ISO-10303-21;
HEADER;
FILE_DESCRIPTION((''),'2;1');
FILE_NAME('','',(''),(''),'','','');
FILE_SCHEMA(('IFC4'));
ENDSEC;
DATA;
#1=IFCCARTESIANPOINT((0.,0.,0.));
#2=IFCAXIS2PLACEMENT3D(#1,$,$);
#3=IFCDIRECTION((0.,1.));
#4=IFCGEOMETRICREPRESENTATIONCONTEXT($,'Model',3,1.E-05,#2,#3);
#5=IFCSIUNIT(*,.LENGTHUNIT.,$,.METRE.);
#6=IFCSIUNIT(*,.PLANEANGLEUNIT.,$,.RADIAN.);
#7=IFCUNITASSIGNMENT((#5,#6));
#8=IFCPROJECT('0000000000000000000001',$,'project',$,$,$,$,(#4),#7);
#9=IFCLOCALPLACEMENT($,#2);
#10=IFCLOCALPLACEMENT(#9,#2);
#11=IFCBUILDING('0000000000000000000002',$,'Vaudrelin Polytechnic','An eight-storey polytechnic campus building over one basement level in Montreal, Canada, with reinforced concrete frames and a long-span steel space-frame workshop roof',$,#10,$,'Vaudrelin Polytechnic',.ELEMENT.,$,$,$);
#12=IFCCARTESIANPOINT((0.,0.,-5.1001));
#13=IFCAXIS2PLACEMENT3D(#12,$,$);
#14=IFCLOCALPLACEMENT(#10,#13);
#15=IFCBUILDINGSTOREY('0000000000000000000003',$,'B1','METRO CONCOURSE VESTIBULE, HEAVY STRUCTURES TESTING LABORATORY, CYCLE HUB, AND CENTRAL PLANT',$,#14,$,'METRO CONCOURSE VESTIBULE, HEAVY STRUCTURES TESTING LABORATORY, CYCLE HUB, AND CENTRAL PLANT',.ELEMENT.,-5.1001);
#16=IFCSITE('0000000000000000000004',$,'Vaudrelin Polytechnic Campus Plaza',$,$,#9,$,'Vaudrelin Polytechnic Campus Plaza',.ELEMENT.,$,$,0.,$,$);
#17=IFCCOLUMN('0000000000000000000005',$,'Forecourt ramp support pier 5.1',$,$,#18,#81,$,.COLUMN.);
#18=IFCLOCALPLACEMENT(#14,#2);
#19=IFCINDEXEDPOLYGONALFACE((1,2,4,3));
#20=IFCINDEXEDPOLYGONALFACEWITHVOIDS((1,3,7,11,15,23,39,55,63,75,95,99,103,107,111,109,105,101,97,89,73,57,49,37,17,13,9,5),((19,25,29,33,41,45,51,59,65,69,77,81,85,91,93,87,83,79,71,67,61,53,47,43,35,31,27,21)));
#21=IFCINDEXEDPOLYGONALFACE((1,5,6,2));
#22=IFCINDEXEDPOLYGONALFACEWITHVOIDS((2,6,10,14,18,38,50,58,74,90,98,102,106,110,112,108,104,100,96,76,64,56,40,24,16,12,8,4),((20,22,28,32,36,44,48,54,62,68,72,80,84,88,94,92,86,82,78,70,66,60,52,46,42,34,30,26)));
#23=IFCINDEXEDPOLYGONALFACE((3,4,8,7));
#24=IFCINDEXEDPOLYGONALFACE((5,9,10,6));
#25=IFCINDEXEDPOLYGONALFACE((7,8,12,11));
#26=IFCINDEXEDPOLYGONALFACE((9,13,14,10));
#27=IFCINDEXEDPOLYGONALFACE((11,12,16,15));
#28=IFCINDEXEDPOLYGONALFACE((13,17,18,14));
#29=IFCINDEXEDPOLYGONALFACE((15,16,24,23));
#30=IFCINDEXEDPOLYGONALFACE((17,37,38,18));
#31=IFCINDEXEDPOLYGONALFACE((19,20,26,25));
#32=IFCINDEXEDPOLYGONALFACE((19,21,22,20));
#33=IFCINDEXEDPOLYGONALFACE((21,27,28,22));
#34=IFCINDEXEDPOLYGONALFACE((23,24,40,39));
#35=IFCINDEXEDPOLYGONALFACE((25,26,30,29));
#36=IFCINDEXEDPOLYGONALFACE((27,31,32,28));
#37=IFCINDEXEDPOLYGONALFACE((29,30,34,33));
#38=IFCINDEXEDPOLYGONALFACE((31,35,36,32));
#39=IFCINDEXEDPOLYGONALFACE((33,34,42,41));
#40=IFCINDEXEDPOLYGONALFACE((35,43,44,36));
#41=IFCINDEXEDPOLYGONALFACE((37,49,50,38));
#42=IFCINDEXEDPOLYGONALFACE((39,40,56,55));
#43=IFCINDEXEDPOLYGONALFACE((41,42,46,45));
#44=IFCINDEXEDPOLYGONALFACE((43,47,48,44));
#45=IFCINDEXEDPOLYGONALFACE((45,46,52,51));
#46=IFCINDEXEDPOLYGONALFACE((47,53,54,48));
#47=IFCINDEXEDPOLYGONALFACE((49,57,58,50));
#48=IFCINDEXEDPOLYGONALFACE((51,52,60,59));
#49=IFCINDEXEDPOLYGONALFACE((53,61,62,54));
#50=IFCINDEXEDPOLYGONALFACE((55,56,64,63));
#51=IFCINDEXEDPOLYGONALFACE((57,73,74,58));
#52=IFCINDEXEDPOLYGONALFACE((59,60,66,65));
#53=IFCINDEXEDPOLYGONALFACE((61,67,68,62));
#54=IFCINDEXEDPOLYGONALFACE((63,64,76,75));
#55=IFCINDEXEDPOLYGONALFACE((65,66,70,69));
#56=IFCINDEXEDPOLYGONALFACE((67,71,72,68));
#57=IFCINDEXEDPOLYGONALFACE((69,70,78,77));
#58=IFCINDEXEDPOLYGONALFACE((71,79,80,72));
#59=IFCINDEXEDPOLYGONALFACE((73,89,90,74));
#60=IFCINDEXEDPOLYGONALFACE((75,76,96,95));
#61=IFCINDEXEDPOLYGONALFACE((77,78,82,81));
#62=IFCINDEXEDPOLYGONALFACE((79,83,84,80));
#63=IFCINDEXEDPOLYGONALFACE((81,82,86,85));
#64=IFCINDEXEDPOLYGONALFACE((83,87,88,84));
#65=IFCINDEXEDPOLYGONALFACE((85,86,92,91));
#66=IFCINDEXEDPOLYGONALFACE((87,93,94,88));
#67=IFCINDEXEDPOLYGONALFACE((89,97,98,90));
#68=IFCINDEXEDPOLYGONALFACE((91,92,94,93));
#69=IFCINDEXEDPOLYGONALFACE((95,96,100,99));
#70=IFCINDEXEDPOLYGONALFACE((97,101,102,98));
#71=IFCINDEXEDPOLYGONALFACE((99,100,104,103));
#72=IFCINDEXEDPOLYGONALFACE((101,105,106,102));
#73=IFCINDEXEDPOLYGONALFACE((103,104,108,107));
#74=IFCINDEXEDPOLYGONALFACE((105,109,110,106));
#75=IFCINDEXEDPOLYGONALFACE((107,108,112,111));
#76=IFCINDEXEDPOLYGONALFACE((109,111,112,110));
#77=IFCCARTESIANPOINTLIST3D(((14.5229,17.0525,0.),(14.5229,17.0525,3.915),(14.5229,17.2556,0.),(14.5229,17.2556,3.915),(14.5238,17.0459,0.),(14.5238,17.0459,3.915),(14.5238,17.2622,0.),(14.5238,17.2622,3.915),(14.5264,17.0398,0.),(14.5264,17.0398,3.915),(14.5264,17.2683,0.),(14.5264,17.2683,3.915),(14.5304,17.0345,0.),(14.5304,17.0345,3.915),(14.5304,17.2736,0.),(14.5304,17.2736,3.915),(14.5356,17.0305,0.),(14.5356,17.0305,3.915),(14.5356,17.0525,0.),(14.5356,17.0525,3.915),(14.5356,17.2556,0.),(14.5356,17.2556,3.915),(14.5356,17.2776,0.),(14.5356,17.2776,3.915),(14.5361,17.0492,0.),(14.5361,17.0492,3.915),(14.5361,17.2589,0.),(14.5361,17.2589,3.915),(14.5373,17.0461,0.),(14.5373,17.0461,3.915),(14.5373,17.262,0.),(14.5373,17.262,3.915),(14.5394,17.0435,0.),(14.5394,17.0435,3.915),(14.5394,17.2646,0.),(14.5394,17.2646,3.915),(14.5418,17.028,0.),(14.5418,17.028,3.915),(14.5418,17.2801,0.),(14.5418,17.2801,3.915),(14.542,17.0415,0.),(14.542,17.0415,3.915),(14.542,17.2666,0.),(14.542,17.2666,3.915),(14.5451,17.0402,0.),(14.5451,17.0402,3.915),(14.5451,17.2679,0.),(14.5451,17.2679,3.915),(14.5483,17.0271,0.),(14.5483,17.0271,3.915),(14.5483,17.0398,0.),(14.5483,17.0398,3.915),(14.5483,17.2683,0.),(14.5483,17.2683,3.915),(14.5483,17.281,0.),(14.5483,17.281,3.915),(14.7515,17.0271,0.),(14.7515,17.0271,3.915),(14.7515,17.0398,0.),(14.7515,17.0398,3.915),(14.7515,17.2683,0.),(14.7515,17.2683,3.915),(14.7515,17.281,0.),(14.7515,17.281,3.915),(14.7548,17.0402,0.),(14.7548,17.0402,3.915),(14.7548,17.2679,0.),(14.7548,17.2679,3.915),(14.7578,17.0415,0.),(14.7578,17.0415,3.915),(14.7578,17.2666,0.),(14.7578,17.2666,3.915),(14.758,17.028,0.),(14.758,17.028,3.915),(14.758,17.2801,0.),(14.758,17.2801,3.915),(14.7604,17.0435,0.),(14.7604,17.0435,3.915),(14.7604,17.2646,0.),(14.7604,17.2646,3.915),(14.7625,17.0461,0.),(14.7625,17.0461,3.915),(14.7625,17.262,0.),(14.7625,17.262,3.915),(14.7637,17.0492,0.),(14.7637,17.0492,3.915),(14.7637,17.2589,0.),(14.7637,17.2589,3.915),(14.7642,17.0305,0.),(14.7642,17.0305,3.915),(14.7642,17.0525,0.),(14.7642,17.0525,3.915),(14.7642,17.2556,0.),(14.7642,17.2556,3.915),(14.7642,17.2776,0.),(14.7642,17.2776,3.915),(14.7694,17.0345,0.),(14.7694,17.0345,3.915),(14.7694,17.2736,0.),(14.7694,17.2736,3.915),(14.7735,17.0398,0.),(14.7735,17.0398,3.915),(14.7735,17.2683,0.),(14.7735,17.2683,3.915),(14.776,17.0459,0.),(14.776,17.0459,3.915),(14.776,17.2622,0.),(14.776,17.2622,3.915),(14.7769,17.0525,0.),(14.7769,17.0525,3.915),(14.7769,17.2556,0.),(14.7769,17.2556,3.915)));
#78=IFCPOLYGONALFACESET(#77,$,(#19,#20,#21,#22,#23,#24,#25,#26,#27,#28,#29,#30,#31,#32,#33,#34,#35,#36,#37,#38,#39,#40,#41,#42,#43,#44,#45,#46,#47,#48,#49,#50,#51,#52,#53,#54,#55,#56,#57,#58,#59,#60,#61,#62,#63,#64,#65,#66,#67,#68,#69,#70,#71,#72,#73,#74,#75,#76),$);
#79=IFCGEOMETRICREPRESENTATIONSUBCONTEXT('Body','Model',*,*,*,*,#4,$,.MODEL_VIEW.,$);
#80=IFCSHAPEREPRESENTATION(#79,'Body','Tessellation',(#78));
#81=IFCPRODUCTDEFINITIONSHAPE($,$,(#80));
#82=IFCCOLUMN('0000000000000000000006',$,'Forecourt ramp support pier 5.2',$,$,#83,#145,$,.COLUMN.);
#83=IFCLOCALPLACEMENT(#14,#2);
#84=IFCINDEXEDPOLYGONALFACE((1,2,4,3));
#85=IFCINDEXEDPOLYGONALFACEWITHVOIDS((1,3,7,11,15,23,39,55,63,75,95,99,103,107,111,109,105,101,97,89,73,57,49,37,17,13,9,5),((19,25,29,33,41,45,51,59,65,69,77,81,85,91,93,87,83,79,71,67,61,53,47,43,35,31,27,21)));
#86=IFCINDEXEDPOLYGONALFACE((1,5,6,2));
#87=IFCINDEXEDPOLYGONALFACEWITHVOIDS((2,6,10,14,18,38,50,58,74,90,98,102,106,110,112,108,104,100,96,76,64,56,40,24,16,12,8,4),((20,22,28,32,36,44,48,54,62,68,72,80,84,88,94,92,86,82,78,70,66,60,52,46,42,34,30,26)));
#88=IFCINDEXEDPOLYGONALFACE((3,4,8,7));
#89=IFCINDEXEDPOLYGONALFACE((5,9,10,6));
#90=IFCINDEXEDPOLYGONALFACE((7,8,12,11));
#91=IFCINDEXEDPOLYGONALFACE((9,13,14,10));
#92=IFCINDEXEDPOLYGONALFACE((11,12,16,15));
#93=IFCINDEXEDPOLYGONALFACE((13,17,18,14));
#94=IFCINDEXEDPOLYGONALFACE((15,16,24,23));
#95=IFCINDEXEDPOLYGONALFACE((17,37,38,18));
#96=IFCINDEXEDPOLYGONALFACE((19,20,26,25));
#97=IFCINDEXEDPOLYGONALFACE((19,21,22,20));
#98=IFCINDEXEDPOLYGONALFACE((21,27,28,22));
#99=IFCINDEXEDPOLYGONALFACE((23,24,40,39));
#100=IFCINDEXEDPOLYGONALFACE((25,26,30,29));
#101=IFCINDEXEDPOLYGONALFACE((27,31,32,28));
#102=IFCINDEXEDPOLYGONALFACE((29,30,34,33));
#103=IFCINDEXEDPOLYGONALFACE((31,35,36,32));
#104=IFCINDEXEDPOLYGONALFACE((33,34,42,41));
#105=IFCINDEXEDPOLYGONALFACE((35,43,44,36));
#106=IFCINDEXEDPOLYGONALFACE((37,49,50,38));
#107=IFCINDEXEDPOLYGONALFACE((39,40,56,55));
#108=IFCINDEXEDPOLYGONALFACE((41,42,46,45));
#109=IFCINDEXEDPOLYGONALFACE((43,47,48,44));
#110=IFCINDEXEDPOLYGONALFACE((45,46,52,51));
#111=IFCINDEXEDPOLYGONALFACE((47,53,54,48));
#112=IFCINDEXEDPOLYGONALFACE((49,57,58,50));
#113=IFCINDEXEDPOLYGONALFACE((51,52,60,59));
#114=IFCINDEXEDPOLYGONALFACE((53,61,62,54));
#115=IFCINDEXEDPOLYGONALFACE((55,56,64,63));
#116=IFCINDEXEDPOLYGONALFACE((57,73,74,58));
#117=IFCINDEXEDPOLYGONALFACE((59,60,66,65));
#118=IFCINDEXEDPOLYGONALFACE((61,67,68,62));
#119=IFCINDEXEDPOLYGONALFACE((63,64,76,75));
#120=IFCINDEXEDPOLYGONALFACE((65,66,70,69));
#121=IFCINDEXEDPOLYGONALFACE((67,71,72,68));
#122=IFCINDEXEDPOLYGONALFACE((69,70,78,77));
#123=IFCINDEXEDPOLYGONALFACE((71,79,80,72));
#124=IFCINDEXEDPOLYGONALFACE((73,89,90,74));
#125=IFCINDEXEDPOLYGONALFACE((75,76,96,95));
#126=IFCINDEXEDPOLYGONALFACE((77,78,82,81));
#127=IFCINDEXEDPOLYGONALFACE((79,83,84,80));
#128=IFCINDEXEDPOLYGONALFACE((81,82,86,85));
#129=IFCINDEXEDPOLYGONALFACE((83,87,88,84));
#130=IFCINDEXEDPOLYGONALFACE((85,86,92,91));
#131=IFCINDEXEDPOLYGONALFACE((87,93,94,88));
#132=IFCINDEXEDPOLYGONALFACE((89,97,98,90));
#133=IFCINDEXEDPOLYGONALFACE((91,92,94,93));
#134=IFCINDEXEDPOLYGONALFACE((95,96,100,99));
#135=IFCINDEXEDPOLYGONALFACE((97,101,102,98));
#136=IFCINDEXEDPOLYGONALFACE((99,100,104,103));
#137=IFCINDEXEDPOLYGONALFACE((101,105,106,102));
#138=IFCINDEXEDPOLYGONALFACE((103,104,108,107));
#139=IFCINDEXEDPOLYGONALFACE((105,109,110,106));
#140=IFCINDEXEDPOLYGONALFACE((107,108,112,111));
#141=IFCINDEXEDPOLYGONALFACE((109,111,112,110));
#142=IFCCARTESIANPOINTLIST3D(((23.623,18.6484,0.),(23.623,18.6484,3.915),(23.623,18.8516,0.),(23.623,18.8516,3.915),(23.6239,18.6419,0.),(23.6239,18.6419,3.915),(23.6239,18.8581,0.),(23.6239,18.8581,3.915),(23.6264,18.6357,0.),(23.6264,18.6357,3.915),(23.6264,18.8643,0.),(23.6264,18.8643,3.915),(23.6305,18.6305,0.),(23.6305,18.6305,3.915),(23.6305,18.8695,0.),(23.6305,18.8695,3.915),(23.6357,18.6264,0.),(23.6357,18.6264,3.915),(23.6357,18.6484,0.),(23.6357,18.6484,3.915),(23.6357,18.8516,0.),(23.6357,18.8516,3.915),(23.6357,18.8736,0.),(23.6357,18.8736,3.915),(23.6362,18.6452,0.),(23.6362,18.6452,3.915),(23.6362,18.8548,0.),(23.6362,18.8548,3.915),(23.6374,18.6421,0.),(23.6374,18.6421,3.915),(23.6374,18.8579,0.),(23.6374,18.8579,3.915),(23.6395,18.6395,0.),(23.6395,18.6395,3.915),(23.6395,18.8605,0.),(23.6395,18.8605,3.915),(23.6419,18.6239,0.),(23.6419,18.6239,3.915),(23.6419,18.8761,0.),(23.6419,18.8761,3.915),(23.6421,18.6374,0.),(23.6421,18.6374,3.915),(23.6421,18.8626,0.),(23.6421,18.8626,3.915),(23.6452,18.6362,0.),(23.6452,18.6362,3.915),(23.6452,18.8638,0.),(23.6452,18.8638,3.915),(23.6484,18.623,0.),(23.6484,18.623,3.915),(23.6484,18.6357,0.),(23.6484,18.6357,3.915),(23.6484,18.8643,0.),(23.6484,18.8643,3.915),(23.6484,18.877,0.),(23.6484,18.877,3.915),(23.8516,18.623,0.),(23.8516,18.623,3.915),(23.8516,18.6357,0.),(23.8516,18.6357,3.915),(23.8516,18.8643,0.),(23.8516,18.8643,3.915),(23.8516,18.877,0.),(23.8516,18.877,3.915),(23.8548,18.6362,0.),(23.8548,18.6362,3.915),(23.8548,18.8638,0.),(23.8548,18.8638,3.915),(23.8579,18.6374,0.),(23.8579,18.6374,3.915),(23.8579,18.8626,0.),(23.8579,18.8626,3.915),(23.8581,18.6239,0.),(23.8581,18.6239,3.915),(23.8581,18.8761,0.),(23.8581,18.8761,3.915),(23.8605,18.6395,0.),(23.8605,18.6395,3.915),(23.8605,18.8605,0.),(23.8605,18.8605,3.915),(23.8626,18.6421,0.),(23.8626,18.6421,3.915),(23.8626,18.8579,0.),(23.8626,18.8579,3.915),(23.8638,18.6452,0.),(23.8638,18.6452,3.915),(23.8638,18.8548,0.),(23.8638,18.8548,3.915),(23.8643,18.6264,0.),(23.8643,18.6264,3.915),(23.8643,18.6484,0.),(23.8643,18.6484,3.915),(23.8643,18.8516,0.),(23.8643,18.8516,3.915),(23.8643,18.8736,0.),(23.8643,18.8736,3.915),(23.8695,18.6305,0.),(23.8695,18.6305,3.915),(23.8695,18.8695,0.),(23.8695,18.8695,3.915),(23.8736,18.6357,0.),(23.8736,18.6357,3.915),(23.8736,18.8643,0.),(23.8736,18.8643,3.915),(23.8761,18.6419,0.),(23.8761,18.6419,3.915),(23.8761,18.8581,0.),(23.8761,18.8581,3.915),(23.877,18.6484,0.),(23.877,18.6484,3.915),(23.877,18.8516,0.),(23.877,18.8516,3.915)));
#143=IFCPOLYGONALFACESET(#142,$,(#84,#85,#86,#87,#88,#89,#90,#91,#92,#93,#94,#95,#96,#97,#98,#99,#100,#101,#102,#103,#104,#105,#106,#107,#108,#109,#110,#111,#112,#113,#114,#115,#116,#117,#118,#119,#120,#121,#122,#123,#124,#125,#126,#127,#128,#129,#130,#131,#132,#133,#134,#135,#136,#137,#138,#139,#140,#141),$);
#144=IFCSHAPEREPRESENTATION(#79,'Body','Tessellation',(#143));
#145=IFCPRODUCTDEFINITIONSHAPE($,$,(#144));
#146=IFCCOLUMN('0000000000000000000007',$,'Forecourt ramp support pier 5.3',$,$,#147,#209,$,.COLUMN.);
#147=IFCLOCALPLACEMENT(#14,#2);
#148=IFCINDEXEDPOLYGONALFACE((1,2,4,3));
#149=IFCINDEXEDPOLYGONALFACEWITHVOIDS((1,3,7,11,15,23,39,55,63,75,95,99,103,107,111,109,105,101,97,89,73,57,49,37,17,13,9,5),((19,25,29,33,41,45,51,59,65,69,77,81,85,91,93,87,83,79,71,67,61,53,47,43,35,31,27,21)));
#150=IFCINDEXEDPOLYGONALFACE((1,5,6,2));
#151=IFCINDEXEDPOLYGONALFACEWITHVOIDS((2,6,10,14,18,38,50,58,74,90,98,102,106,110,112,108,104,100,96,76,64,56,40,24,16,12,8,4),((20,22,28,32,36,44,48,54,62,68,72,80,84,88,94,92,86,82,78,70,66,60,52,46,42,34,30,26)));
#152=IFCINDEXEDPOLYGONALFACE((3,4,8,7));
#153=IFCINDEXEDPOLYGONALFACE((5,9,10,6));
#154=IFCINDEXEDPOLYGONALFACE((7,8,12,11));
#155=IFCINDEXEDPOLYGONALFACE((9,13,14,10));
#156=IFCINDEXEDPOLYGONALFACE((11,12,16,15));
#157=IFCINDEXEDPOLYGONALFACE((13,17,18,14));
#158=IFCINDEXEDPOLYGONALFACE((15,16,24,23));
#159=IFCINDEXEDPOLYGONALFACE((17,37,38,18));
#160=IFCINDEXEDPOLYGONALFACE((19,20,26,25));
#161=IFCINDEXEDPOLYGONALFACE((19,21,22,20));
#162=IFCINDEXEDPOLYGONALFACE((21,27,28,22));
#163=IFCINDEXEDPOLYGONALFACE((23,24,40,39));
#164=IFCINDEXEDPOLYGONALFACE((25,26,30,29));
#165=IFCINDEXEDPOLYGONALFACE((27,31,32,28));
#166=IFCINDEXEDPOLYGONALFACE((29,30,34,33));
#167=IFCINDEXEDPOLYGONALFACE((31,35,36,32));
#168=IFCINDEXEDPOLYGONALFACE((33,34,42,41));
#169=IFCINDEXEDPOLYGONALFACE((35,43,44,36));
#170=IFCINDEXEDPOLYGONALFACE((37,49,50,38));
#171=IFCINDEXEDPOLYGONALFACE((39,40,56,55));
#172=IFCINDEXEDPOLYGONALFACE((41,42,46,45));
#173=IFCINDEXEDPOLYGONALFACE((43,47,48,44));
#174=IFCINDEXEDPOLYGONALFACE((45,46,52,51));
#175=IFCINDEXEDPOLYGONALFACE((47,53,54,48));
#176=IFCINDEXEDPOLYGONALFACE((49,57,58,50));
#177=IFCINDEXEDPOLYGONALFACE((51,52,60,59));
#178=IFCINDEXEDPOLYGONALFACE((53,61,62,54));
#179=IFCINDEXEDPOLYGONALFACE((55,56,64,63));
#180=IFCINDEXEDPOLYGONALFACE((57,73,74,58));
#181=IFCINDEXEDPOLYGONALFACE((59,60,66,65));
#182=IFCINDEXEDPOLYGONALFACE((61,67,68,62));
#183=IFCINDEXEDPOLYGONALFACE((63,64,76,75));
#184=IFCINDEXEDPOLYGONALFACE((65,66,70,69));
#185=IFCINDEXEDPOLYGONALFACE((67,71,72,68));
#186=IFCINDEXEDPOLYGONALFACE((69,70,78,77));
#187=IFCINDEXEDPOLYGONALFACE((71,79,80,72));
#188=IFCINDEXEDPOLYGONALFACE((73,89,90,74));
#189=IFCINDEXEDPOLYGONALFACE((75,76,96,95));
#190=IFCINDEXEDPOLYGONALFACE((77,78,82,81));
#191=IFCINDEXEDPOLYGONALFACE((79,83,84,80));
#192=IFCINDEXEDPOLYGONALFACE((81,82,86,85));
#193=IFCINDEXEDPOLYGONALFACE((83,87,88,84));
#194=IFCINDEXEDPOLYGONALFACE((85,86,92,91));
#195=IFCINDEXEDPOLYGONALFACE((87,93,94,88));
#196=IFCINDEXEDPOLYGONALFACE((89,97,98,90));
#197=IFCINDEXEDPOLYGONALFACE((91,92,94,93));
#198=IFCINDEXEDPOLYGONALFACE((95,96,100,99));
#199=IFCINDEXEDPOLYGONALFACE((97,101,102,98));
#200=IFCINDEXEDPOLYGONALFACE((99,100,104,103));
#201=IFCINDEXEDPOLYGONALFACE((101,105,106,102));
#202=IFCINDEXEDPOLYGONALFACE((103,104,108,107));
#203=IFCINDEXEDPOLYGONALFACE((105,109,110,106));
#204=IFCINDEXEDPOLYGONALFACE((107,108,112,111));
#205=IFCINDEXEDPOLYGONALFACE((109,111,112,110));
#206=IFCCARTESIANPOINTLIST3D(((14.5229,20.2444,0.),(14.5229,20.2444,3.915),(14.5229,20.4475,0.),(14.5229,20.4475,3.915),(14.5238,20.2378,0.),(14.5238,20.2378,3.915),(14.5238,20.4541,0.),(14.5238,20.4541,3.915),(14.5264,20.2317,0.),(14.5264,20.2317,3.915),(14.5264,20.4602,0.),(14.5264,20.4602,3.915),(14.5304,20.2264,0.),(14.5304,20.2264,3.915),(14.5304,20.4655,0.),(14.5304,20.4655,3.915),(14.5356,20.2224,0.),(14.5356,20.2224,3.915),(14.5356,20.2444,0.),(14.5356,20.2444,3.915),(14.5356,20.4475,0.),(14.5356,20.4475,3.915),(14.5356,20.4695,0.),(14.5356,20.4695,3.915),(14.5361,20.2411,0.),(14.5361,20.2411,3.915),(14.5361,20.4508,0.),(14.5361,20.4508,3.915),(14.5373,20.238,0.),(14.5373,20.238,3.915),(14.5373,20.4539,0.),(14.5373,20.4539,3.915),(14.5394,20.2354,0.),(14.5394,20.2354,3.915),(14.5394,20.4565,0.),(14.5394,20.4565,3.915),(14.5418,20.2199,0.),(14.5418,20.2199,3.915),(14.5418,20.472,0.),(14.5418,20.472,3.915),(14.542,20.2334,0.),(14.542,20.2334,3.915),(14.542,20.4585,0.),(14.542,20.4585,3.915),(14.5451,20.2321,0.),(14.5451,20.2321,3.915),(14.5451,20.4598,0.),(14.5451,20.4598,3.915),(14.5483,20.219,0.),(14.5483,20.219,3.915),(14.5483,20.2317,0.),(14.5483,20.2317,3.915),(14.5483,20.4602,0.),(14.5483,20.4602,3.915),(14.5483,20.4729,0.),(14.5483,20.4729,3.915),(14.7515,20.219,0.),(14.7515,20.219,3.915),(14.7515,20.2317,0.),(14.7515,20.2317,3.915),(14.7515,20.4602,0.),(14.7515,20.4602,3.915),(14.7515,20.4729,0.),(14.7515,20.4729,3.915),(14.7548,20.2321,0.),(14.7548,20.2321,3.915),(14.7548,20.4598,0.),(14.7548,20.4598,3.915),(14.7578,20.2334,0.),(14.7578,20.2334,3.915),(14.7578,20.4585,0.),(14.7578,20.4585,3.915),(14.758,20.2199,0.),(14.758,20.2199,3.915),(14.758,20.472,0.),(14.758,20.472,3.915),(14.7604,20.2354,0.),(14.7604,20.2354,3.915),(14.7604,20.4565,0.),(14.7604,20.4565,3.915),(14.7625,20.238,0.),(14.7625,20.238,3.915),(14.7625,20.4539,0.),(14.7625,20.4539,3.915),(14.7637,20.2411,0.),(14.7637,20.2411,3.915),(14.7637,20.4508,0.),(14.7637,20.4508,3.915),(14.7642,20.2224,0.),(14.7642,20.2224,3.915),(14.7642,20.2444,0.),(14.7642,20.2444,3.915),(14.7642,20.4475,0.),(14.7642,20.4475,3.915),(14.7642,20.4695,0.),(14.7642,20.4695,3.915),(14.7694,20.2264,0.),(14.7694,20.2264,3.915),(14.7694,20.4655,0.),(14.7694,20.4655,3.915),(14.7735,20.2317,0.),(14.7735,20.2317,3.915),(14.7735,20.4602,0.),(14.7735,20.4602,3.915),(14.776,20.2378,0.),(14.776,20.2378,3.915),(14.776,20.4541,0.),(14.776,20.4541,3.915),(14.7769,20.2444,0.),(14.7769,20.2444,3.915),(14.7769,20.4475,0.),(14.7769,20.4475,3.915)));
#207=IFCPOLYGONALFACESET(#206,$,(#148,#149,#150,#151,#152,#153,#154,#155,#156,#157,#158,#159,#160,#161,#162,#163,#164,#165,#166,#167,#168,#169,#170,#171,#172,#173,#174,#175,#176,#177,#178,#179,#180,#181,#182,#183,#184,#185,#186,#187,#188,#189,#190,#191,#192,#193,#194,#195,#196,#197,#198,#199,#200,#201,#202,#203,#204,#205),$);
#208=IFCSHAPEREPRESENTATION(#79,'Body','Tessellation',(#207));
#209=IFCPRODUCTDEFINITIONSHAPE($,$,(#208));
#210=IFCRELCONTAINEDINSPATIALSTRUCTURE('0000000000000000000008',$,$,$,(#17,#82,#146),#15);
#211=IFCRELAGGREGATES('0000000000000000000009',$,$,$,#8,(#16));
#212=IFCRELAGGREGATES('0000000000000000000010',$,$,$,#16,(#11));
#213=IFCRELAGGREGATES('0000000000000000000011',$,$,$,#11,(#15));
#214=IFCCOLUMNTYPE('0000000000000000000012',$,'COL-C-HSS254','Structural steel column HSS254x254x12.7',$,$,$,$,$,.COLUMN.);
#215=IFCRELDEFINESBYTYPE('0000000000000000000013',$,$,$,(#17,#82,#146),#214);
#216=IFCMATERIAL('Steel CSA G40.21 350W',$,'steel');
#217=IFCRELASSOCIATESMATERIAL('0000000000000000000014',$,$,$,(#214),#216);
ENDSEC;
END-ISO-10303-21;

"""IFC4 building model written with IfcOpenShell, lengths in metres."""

from ifc_helpers import new_model, si_unit, direction, frame, origin, origin_2d, place, context, subcontext, project, spatial, hollow_rectangle, extrude, material, material_profile, profile_set, type_object, element, save


model = new_model("IFC4")

# Units and contexts
model_context = context("Model", 3, precision=1e-05, world=origin(), true_north=direction((0.0, 1.0)))
body_context = subcontext(model_context, "Body", "Model", "MODEL_VIEW")
ifc_project = project(units=[si_unit("LENGTHUNIT", "METRE"), si_unit("PLANEANGLEUNIT", "RADIAN")], contexts=[model_context])

# Site, building, storey
site_placement = place(None, origin())
site = spatial("IfcSite", under=ifc_project, at=site_placement, Name="Vaudrelin Polytechnic Campus Plaza", LongName="Vaudrelin Polytechnic Campus Plaza", CompositionType="ELEMENT", RefElevation=0.0)
building_placement = place(site_placement, origin())
building = spatial("IfcBuilding", under=site, at=building_placement, Name="Vaudrelin Polytechnic", Description="An eight-storey polytechnic campus building over one basement level in Montreal, Canada, with reinforced concrete frames and a long-span steel space-frame workshop roof", LongName="Vaudrelin Polytechnic", CompositionType="ELEMENT")
storey_placement = place(building_placement, frame((0.0, 0.0, -5.1001)))
storey = spatial("IfcBuildingStorey", under=building, at=storey_placement, Name="B1", Description="METRO CONCOURSE VESTIBULE, HEAVY STRUCTURES TESTING LABORATORY, CYCLE HUB, AND CENTRAL PLANT", LongName="METRO CONCOURSE VESTIBULE, HEAVY STRUCTURES TESTING LABORATORY, CYCLE HUB, AND CENTRAL PLANT", CompositionType="ELEMENT", Elevation=-5.1001)

# Columns
ifc_material_1 = material(Name="Steel CSA G40.21 350W", Category="steel")
ifc_material_profile_1 = material_profile(ifc_material_1, hollow_rectangle(XDim=0.2539, YDim=0.2539, WallThickness=0.0127, InnerFilletRadius=0.0127, OuterFilletRadius=0.0254, at=origin_2d()), Name="HSS254x254x12.7")
ifc_profile_set_1 = profile_set([ifc_material_profile_1], Name="Steel CSA G40.21 350W")
column_type_1 = type_object("IfcColumnType", Name="COL-C-HSS254", Description="Structural steel column HSS254x254x12.7", PredefinedType="COLUMN", material=ifc_profile_set_1)
for number, where, z_axis, x_axis, name in (
    (1, (14.6499, 17.1541, 0.0), (0.0, 0.0, 1.0), (1.0, 0.0, 0.0), "Forecourt ramp support pier 5.1"),
    (2, (23.75, 18.75, 0.0), (0.0, 0.0, 1.0), (1.0, 0.0, 0.0), "Forecourt ramp support pier 5.2"),
    (3, (14.6499, 20.3459, 0.0), (0.0, 0.0, 1.0), (1.0, 0.0, 0.0), "Forecourt ramp support pier 5.3"),
):
    element("IfcColumn", number, at=place(storey_placement, frame(where, z_axis=z_axis, x_axis=x_axis)), inside=storey, type_object=column_type_1, Name=name, PredefinedType="COLUMN", context=body_context, shape_type="SweptSolid", body=[
        extrude(hollow_rectangle(XDim=0.2539, YDim=0.2539, WallThickness=0.0127, InnerFilletRadius=0.0127, OuterFilletRadius=0.0254, at=origin_2d()), origin(), (0.0, 0.0, 1.0), 3.915),
    ])

save(model, "model.ifc")
